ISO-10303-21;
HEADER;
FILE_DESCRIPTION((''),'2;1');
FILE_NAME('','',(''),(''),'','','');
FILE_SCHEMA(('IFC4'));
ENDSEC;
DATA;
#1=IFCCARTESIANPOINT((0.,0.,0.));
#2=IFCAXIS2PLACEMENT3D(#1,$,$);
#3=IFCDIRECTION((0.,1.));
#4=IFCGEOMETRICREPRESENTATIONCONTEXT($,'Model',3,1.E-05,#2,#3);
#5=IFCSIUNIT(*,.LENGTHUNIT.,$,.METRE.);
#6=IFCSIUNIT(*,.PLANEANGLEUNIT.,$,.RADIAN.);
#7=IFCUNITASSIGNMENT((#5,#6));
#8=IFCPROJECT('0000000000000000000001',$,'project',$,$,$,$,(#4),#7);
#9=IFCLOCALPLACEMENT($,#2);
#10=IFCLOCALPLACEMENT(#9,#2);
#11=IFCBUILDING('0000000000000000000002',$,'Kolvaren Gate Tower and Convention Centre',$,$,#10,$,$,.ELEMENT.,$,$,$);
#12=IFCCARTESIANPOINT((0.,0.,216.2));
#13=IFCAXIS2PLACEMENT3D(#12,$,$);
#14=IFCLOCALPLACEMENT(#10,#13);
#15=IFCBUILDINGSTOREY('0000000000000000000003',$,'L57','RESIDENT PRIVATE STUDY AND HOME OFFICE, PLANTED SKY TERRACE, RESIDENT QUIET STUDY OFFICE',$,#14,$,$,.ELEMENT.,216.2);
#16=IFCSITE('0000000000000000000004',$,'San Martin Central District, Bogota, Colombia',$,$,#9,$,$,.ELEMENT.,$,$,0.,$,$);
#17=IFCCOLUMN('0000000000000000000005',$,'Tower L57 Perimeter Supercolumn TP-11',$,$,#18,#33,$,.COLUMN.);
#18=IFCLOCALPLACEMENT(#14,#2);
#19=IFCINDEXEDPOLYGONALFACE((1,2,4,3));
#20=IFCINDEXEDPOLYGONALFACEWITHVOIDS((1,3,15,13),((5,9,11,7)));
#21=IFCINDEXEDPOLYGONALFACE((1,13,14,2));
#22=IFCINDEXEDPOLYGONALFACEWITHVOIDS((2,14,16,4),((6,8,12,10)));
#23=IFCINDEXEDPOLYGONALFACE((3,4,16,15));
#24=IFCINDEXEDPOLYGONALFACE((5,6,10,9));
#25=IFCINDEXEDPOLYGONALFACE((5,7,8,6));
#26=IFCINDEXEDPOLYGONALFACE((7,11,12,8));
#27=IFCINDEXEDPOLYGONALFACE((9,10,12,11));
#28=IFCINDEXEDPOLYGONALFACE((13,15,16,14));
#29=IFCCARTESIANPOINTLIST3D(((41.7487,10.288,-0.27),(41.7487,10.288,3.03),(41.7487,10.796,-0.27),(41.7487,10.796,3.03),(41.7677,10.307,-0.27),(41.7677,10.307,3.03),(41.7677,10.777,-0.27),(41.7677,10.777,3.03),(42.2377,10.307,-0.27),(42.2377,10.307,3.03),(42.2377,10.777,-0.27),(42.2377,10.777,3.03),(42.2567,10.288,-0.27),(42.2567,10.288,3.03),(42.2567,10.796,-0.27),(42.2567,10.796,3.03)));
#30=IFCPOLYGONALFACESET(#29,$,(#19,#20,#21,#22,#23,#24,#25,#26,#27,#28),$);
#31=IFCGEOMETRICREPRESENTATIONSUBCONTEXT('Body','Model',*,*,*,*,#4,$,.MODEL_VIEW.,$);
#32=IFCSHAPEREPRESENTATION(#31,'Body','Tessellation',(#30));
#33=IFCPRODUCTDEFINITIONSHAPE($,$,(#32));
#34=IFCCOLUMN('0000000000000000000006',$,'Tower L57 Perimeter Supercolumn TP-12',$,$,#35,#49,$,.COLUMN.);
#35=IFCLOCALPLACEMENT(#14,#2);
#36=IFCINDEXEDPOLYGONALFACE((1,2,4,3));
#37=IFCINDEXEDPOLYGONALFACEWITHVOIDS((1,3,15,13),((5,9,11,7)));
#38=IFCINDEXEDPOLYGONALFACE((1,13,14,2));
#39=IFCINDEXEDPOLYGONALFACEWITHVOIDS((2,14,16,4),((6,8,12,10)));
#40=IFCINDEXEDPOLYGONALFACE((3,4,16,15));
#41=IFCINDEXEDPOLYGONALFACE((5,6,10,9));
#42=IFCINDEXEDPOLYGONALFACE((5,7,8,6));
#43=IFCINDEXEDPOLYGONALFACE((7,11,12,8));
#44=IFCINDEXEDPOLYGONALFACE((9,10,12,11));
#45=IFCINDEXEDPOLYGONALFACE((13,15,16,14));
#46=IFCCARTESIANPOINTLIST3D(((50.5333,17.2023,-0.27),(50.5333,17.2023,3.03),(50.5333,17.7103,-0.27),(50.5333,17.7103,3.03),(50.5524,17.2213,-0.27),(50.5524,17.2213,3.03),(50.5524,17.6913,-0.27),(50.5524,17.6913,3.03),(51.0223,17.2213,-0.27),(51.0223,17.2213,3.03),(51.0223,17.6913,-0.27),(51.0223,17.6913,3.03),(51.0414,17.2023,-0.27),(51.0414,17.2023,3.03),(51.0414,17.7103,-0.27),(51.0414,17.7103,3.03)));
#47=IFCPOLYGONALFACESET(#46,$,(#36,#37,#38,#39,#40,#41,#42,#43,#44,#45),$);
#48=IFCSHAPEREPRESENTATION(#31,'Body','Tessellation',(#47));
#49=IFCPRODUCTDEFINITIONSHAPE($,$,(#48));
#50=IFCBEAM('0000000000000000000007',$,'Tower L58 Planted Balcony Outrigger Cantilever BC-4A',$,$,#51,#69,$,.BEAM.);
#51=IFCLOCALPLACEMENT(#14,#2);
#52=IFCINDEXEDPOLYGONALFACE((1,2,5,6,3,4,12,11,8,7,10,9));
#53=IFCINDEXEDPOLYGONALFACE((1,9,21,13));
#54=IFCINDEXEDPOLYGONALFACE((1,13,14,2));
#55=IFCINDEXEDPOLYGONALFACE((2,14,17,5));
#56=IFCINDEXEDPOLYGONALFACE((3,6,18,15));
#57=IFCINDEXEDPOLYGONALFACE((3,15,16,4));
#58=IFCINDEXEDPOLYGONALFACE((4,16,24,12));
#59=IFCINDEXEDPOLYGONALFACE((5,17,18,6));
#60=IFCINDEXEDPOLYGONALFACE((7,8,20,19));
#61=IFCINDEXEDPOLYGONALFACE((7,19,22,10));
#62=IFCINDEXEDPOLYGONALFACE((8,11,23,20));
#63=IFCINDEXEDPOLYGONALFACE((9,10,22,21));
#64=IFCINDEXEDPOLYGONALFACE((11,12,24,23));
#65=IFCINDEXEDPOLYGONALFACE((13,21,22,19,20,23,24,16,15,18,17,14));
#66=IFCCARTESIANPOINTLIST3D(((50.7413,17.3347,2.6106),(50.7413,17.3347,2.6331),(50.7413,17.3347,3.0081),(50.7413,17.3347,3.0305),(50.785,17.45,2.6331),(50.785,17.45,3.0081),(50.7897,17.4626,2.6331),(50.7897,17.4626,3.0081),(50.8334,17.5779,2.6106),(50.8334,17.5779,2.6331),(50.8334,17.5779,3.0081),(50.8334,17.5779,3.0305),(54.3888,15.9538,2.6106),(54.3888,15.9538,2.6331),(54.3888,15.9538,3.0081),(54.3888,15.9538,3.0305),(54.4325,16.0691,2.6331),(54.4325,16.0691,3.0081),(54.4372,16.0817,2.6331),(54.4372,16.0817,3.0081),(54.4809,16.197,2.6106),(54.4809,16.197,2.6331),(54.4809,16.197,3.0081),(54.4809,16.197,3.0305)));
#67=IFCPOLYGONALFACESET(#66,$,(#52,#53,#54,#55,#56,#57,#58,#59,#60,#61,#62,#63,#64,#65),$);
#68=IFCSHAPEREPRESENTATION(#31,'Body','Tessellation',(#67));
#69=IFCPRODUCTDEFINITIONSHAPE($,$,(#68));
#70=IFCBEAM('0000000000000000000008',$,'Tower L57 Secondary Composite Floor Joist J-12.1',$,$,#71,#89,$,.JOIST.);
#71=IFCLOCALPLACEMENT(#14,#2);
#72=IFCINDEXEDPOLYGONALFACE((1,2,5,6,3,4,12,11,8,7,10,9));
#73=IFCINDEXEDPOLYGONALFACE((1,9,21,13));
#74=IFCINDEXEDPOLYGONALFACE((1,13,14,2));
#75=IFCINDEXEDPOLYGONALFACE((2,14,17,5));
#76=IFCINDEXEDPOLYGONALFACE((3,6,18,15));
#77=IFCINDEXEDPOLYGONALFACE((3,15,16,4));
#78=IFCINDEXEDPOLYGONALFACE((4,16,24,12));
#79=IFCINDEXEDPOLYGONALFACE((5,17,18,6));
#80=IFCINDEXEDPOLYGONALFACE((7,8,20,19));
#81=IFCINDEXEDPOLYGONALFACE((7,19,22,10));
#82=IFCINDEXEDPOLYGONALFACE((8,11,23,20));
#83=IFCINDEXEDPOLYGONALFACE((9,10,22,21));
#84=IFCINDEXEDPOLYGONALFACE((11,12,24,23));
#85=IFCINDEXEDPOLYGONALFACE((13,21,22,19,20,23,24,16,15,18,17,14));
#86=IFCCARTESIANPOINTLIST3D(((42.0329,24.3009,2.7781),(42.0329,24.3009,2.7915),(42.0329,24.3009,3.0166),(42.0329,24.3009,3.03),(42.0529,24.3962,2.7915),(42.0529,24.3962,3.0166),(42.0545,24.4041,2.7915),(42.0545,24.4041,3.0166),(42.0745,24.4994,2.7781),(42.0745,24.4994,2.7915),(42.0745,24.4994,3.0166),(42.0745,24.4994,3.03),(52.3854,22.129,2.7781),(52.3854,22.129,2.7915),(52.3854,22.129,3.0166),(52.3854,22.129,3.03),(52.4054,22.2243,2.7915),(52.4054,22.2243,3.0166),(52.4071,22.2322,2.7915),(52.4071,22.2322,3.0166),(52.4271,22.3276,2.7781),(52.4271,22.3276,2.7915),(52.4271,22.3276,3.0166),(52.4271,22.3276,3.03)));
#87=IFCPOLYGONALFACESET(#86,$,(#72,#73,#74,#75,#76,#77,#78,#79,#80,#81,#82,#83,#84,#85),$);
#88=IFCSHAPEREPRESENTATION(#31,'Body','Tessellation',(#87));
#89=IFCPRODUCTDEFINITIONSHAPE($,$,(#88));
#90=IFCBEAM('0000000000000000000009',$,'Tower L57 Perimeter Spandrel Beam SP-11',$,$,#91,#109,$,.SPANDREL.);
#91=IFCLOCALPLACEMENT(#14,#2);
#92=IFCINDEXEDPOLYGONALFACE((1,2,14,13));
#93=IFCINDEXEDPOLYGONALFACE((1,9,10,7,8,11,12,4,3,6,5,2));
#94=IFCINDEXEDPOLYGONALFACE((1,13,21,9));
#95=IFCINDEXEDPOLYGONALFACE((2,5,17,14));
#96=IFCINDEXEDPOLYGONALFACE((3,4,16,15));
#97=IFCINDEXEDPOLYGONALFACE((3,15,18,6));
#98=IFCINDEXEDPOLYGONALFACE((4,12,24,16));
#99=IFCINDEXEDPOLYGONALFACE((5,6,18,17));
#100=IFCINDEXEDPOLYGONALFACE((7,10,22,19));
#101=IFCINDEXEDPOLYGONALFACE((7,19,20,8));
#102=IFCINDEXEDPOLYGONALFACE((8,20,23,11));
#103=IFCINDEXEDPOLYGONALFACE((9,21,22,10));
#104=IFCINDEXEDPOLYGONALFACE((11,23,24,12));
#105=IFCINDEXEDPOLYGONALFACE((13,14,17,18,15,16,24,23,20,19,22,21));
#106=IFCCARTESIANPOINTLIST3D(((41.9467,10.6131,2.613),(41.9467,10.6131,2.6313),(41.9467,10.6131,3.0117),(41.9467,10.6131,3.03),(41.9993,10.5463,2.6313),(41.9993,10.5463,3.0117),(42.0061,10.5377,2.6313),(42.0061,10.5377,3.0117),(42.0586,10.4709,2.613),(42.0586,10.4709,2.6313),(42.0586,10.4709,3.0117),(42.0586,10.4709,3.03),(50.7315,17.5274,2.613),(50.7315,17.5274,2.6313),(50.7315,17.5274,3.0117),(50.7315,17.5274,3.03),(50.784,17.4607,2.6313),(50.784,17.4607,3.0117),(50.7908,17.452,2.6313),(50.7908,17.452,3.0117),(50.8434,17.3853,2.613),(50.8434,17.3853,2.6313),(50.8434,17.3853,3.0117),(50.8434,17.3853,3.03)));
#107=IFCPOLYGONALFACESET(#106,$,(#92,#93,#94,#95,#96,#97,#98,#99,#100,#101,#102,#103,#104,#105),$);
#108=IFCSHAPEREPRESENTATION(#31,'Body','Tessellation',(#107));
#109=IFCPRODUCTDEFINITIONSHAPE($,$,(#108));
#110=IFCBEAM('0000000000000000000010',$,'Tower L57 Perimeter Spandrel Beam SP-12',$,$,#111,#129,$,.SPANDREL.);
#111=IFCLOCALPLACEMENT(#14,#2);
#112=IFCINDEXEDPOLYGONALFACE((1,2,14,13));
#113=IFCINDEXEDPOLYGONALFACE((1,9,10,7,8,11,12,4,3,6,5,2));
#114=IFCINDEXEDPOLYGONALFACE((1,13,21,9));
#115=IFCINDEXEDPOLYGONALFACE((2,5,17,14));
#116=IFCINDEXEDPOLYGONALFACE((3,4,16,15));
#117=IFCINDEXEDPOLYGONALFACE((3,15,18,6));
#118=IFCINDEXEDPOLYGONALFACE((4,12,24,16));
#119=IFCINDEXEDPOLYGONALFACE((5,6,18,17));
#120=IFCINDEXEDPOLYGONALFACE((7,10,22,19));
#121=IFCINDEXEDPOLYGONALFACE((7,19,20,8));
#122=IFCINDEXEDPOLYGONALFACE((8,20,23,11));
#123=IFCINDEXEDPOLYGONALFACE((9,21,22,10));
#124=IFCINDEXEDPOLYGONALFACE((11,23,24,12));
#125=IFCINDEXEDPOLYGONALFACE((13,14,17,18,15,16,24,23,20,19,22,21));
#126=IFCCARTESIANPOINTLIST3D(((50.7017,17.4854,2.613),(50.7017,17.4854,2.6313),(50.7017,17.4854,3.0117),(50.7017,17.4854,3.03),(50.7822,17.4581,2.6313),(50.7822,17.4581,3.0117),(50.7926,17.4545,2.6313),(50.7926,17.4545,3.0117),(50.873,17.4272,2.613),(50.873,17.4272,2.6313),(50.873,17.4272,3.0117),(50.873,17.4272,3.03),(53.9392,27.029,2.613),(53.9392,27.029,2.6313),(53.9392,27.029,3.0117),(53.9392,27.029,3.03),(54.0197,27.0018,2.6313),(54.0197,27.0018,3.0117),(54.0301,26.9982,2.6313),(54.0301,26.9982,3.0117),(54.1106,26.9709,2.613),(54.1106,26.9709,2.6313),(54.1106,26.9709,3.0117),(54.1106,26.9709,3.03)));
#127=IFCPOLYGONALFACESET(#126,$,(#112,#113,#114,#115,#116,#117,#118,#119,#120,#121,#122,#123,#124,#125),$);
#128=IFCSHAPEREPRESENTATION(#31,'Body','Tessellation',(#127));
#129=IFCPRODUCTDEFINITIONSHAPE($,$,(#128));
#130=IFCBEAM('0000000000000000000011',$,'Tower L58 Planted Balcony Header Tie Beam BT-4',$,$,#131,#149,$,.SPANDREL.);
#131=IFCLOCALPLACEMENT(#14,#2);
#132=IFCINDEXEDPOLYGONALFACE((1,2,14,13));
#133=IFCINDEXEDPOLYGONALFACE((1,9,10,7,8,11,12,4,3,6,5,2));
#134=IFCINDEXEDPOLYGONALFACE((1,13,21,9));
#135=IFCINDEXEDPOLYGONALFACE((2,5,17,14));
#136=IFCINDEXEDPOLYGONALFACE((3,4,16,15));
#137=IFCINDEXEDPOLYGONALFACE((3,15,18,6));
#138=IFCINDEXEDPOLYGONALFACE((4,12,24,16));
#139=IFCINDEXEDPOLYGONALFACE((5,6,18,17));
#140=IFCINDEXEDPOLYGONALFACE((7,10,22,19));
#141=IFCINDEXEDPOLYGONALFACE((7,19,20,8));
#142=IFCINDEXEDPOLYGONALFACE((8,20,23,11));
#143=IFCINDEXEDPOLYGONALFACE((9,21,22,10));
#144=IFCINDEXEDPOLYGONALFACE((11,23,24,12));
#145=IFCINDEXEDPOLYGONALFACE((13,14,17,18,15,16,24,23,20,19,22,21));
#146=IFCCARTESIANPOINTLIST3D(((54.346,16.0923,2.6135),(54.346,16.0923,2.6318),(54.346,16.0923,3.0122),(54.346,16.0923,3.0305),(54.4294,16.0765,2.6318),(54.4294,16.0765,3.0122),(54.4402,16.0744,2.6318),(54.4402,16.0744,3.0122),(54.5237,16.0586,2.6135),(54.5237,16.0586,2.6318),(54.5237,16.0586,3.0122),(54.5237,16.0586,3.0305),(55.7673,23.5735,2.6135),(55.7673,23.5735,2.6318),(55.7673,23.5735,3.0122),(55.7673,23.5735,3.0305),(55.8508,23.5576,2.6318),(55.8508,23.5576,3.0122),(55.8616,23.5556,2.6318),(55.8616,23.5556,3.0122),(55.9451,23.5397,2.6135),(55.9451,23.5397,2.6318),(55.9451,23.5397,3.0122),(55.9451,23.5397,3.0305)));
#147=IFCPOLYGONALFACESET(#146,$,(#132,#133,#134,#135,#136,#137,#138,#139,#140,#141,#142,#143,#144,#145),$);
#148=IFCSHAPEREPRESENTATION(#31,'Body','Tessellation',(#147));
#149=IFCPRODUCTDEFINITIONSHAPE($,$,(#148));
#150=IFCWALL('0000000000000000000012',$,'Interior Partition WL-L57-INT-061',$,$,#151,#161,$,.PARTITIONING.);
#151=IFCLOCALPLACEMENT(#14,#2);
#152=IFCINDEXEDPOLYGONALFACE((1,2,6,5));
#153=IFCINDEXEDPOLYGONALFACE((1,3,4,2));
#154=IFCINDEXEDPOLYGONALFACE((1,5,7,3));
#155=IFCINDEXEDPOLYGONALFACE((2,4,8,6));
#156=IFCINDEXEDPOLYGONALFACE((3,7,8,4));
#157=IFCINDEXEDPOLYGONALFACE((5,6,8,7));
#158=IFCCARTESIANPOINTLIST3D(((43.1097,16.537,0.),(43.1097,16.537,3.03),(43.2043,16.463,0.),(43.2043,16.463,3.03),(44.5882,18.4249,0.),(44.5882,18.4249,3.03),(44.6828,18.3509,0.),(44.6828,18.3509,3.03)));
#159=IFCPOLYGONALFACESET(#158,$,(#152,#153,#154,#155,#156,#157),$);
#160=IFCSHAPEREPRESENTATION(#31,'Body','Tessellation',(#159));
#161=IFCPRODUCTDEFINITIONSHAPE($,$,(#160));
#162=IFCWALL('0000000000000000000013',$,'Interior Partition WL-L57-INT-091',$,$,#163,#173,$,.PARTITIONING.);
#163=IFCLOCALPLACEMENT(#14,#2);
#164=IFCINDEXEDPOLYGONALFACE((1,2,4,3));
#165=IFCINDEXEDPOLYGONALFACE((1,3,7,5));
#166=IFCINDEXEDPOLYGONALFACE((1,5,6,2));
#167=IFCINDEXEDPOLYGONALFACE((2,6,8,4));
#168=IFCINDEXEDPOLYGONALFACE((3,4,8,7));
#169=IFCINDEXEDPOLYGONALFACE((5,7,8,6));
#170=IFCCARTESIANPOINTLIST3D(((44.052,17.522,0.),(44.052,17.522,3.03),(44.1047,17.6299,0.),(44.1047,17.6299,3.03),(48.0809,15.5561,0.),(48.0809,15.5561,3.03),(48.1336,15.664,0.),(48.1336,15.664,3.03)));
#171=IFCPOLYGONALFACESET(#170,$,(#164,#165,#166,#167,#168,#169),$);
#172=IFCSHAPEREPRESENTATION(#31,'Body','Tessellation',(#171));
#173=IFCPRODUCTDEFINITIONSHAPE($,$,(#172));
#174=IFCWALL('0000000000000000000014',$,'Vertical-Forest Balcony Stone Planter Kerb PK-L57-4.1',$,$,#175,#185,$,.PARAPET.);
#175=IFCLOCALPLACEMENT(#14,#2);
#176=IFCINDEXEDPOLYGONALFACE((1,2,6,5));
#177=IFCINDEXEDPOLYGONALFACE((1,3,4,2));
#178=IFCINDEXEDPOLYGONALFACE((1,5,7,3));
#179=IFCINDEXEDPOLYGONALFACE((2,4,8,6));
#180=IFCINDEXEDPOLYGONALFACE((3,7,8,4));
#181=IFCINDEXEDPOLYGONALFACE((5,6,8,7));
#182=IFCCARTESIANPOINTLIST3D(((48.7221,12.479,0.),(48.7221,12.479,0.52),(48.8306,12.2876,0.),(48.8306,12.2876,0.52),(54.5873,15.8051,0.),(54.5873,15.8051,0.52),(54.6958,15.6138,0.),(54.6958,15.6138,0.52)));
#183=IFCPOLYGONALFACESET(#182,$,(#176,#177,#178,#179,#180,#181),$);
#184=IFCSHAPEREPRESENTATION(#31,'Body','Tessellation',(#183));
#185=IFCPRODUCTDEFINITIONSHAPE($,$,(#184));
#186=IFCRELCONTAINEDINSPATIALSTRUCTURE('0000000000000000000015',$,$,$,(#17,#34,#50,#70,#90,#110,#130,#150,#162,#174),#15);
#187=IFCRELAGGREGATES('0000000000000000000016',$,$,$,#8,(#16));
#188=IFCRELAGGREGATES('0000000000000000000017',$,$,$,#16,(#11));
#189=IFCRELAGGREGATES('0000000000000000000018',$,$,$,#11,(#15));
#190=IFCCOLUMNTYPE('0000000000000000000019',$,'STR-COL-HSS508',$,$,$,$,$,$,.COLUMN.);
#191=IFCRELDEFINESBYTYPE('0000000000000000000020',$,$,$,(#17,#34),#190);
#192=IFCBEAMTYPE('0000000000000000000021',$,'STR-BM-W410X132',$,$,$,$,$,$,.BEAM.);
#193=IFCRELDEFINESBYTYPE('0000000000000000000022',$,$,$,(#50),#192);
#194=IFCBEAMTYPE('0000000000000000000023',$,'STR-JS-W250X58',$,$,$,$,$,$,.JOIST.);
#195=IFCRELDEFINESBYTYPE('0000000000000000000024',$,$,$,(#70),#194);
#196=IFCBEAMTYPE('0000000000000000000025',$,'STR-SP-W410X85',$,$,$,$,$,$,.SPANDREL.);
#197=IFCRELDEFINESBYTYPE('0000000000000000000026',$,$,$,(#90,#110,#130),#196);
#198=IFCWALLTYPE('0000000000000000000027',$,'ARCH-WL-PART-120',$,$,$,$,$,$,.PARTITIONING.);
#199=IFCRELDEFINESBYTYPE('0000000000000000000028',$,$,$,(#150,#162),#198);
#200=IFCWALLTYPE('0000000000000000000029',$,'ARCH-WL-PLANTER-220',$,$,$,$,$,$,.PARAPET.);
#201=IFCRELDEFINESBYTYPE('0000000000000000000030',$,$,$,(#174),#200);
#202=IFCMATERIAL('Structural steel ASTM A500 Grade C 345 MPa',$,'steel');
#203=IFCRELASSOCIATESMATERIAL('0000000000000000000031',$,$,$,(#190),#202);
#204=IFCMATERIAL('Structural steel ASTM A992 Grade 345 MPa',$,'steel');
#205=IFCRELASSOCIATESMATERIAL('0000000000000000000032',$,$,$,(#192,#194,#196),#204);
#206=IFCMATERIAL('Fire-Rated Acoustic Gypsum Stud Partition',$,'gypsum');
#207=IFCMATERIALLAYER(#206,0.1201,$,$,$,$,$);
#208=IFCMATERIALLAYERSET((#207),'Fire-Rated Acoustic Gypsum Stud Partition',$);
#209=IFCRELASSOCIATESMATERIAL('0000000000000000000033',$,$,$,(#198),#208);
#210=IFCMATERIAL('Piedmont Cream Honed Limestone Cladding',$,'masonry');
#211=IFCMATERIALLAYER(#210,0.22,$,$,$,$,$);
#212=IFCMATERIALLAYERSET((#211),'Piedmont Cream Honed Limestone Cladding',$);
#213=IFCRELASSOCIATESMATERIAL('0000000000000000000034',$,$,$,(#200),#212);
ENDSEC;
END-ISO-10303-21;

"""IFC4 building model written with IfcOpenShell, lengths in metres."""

from ifc_helpers import new_model, si_unit, direction, frame, frame_2d, origin, origin_2d, place, context, subcontext, project, spatial, rectangle, hollow_rectangle, i_section, extrude, material, layer, layer_set, material_profile, profile_set, type_object, element, save


model = new_model("IFC4")

# Units and contexts
model_context = context("Model", 3, precision=1e-05, world=origin(), true_north=direction((0.0, 1.0)))
body_context = subcontext(model_context, "Body", "Model", "MODEL_VIEW")
ifc_project = project(units=[si_unit("LENGTHUNIT", "METRE"), si_unit("PLANEANGLEUNIT", "RADIAN")], contexts=[model_context])

# Site, building, storey
site_placement = place(None, origin())
site = spatial("IfcSite", under=ifc_project, at=site_placement, Name="San Martin Central District, Bogota, Colombia", CompositionType="ELEMENT", RefElevation=0.0)
building_placement = place(site_placement, origin())
building = spatial("IfcBuilding", under=site, at=building_placement, Name="Kolvaren Gate Tower and Convention Centre", CompositionType="ELEMENT")
storey_placement = place(building_placement, frame((0.0, 0.0, 216.2)))
storey = spatial("IfcBuildingStorey", under=building, at=storey_placement, Name="L57", Description="RESIDENT PRIVATE STUDY AND HOME OFFICE, PLANTED SKY TERRACE, RESIDENT QUIET STUDY OFFICE", CompositionType="ELEMENT", Elevation=216.2)

# Columns
ifc_material_1 = material(Name="Structural steel ASTM A500 Grade C 345 MPa", Category="steel")
ifc_material_profile_1 = material_profile(ifc_material_1, hollow_rectangle(XDim=0.5081, YDim=0.5081, WallThickness=0.019, at=origin_2d()), Name="HSS508X508X19.1")
ifc_profile_set_1 = profile_set([ifc_material_profile_1], Name="Structural steel ASTM A500 Grade C 345 MPa")
column_type = type_object("IfcColumnType", Name="STR-COL-HSS508", PredefinedType="COLUMN", material=ifc_profile_set_1)
for number, where, z_axis, x_axis, name in (
    (1, (42.0027, 10.542, -0.27), (0.0, 0.0, 1.0), (1.0, 0.0, 0.0), "Tower L57 Perimeter Supercolumn TP-11"),
    (2, (50.7874, 17.4563, -0.27), (0.0, 0.0, 1.0), (1.0, 0.0, 0.0), "Tower L57 Perimeter Supercolumn TP-12"),
):
    element("IfcColumn", number, at=place(storey_placement, frame(where, z_axis=z_axis, x_axis=x_axis)), inside=storey, type_object=column_type, Name=name, PredefinedType="COLUMN", context=body_context, shape_type="SweptSolid", body=[
        extrude(hollow_rectangle(XDim=0.5081, YDim=0.5081, WallThickness=0.019, at=origin_2d()), origin(), (0.0, 0.0, 1.0), 3.3),
    ])

# Beams
ifc_material_2 = material(Name="Structural steel ASTM A992 Grade 345 MPa", Category="steel")
ifc_material_profile_2 = material_profile(ifc_material_2, i_section(OverallWidth=0.26, OverallDepth=0.4199, WebThickness=0.0134, FlangeThickness=0.0225, at=origin_2d()), Name="W410X132")
ifc_profile_set_2 = profile_set([ifc_material_profile_2], Name="Structural steel ASTM A992 Grade 345 MPa")
beam_type_1 = type_object("IfcBeamType", Name="STR-BM-W410X132", PredefinedType="BEAM", material=ifc_profile_set_2)
beam_1_placement = place(storey_placement, frame((50.7874, 17.4563, 2.8206), z_axis=(0.935224, -0.354058, 0.0), x_axis=(0.354058, 0.935224, 0.0)))
element("IfcBeam", 3, at=beam_1_placement, inside=storey, type_object=beam_type_1, Name="Tower L58 Planted Balcony Outrigger Cantilever BC-4A", PredefinedType="BEAM", context=body_context, shape_type="SweptSolid", body=[
    extrude(i_section(OverallWidth=0.26, OverallDepth=0.4199, WebThickness=0.0134, FlangeThickness=0.0225, at=origin_2d()), origin(), (0.0, 0.0, 1.0), 3.9001),
])
ifc_material_profile_3 = material_profile(ifc_material_2, i_section(OverallWidth=0.2029, OverallDepth=0.252, WebThickness=0.0081, FlangeThickness=0.0134, at=origin_2d()), Name="W250X58")
ifc_profile_set_3 = profile_set([ifc_material_profile_3], Name="Structural steel ASTM A992 Grade 345 MPa")
beam_type_2 = type_object("IfcBeamType", Name="STR-JS-W250X58", PredefinedType="JOIST", material=ifc_profile_set_3)
beam_2_placement = place(storey_placement, frame((42.0537, 24.4001, 2.9041), z_axis=(0.978695, -0.205322, 0.0), x_axis=(0.205322, 0.978695, 0.0)))
element("IfcBeam", 4, at=beam_2_placement, inside=storey, type_object=beam_type_2, Name="Tower L57 Secondary Composite Floor Joist J-12.1", PredefinedType="JOIST", context=body_context, shape_type="SweptSolid", body=[
    extrude(i_section(OverallWidth=0.2029, OverallDepth=0.252, WebThickness=0.0081, FlangeThickness=0.0134, at=origin_2d()), origin(), (0.0, 0.0, 1.0), 10.5779),
])
ifc_material_profile_4 = material_profile(ifc_material_2, i_section(OverallWidth=0.1809, OverallDepth=0.417, WebThickness=0.011, FlangeThickness=0.0183, at=origin_2d()), Name="W410X85")
ifc_profile_set_4 = profile_set([ifc_material_profile_4], Name="Structural steel ASTM A992 Grade 345 MPa")
beam_type_3 = type_object("IfcBeamType", Name="STR-SP-W410X85", PredefinedType="SPANDREL", material=ifc_profile_set_4)
beam_3_placement = place(storey_placement, frame((42.0027, 10.542, 2.8215), z_axis=(0.785794, 0.618489, 0.0), x_axis=(-0.618489, 0.785794, 0.0)))
element("IfcBeam", 5, at=beam_3_placement, inside=storey, type_object=beam_type_3, Name="Tower L57 Perimeter Spandrel Beam SP-11", PredefinedType="SPANDREL", context=body_context, shape_type="SweptSolid", body=[
    extrude(i_section(OverallWidth=0.1809, OverallDepth=0.417, WebThickness=0.011, FlangeThickness=0.0183, at=origin_2d()), origin(), (0.0, 0.0, 1.0), 11.1794),
])
beam_4_placement = place(storey_placement, frame((50.7874, 17.4563, 2.8215), z_axis=(0.321253, 0.946994, 0.0), x_axis=(-0.946994, 0.321253, 0.0)))
element("IfcBeam", 6, at=beam_4_placement, inside=storey, type_object=beam_type_3, Name="Tower L57 Perimeter Spandrel Beam SP-12", PredefinedType="SPANDREL", context=body_context, shape_type="SweptSolid", body=[
    extrude(i_section(OverallWidth=0.1809, OverallDepth=0.417, WebThickness=0.011, FlangeThickness=0.0183, at=origin_2d()), origin(), (0.0, 0.0, 1.0), 10.0779),
])
beam_5_placement = place(storey_placement, frame((54.4348, 16.0754, 2.822), z_axis=(0.186655, 0.982425, 0.0), x_axis=(-0.982425, 0.186655, 0.0)))
element("IfcBeam", 7, at=beam_5_placement, inside=storey, type_object=beam_type_3, Name="Tower L58 Planted Balcony Header Tie Beam BT-4", PredefinedType="SPANDREL", context=body_context, shape_type="SweptSolid", body=[
    extrude(i_section(OverallWidth=0.1809, OverallDepth=0.417, WebThickness=0.011, FlangeThickness=0.0183, at=origin_2d()), origin(), (0.0, 0.0, 1.0), 7.615),
])

# Walls
ifc_material_3 = material(Name="Fire-Rated Acoustic Gypsum Stud Partition", Category="gypsum")
ifc_layer_1 = layer(ifc_material_3, 0.1201)
ifc_layer_set_1 = layer_set([ifc_layer_1], Name="Fire-Rated Acoustic Gypsum Stud Partition")
wall_type_1 = type_object("IfcWallType", Name="ARCH-WL-PART-120", PredefinedType="PARTITIONING", material=ifc_layer_set_1)
wall_1_placement = place(storey_placement, frame((43.157, 16.5, 0.0), z_axis=(0.0, 0.0, 1.0), x_axis=(0.616566, 0.787303, 0.0)))
element("IfcWall", 8, at=wall_1_placement, inside=storey, type_object=wall_type_1, Name="Interior Partition WL-L57-INT-061", PredefinedType="PARTITIONING", context=body_context, shape_type="SweptSolid", body=[
    extrude(rectangle(XDim=2.3979, YDim=0.1201, at=frame_2d((1.199, 0.0))), origin(), (0.0, 0.0, 1.0), 3.03),
])
wall_2_placement = place(storey_placement, frame((44.0784, 17.5759, 0.0), z_axis=(0.0, 0.0, 1.0), x_axis=(0.89872, -0.438522, 0.0)))
element("IfcWall", 9, at=wall_2_placement, inside=storey, type_object=wall_type_1, Name="Interior Partition WL-L57-INT-091", PredefinedType="PARTITIONING", context=body_context, shape_type="SweptSolid", body=[
    extrude(rectangle(XDim=4.4829, YDim=0.1201, at=frame_2d((2.2415, 0.0))), origin(), (0.0, 0.0, 1.0), 3.03),
])
ifc_material_4 = material(Name="Piedmont Cream Honed Limestone Cladding", Category="masonry")
ifc_layer_2 = layer(ifc_material_4, 0.22)
ifc_layer_set_2 = layer_set([ifc_layer_2], Name="Piedmont Cream Honed Limestone Cladding")
wall_type_2 = type_object("IfcWallType", Name="ARCH-WL-PLANTER-220", PredefinedType="PARAPET", material=ifc_layer_set_2)
wall_3_placement = place(storey_placement, frame((48.7764, 12.3833, 0.0), z_axis=(0.0, 0.0, 1.0), x_axis=(0.869861, 0.493298, 0.0)))
element("IfcWall", 10, at=wall_3_placement, inside=storey, type_object=wall_type_2, Name="Vertical-Forest Balcony Stone Planter Kerb PK-L57-4.1", PredefinedType="PARAPET", context=body_context, shape_type="SweptSolid", body=[
    extrude(rectangle(XDim=6.7427, YDim=0.22, at=frame_2d((3.3713, 0.0))), origin(), (0.0, 0.0, 1.0), 0.52),
])

save(model, "model.ifc")
